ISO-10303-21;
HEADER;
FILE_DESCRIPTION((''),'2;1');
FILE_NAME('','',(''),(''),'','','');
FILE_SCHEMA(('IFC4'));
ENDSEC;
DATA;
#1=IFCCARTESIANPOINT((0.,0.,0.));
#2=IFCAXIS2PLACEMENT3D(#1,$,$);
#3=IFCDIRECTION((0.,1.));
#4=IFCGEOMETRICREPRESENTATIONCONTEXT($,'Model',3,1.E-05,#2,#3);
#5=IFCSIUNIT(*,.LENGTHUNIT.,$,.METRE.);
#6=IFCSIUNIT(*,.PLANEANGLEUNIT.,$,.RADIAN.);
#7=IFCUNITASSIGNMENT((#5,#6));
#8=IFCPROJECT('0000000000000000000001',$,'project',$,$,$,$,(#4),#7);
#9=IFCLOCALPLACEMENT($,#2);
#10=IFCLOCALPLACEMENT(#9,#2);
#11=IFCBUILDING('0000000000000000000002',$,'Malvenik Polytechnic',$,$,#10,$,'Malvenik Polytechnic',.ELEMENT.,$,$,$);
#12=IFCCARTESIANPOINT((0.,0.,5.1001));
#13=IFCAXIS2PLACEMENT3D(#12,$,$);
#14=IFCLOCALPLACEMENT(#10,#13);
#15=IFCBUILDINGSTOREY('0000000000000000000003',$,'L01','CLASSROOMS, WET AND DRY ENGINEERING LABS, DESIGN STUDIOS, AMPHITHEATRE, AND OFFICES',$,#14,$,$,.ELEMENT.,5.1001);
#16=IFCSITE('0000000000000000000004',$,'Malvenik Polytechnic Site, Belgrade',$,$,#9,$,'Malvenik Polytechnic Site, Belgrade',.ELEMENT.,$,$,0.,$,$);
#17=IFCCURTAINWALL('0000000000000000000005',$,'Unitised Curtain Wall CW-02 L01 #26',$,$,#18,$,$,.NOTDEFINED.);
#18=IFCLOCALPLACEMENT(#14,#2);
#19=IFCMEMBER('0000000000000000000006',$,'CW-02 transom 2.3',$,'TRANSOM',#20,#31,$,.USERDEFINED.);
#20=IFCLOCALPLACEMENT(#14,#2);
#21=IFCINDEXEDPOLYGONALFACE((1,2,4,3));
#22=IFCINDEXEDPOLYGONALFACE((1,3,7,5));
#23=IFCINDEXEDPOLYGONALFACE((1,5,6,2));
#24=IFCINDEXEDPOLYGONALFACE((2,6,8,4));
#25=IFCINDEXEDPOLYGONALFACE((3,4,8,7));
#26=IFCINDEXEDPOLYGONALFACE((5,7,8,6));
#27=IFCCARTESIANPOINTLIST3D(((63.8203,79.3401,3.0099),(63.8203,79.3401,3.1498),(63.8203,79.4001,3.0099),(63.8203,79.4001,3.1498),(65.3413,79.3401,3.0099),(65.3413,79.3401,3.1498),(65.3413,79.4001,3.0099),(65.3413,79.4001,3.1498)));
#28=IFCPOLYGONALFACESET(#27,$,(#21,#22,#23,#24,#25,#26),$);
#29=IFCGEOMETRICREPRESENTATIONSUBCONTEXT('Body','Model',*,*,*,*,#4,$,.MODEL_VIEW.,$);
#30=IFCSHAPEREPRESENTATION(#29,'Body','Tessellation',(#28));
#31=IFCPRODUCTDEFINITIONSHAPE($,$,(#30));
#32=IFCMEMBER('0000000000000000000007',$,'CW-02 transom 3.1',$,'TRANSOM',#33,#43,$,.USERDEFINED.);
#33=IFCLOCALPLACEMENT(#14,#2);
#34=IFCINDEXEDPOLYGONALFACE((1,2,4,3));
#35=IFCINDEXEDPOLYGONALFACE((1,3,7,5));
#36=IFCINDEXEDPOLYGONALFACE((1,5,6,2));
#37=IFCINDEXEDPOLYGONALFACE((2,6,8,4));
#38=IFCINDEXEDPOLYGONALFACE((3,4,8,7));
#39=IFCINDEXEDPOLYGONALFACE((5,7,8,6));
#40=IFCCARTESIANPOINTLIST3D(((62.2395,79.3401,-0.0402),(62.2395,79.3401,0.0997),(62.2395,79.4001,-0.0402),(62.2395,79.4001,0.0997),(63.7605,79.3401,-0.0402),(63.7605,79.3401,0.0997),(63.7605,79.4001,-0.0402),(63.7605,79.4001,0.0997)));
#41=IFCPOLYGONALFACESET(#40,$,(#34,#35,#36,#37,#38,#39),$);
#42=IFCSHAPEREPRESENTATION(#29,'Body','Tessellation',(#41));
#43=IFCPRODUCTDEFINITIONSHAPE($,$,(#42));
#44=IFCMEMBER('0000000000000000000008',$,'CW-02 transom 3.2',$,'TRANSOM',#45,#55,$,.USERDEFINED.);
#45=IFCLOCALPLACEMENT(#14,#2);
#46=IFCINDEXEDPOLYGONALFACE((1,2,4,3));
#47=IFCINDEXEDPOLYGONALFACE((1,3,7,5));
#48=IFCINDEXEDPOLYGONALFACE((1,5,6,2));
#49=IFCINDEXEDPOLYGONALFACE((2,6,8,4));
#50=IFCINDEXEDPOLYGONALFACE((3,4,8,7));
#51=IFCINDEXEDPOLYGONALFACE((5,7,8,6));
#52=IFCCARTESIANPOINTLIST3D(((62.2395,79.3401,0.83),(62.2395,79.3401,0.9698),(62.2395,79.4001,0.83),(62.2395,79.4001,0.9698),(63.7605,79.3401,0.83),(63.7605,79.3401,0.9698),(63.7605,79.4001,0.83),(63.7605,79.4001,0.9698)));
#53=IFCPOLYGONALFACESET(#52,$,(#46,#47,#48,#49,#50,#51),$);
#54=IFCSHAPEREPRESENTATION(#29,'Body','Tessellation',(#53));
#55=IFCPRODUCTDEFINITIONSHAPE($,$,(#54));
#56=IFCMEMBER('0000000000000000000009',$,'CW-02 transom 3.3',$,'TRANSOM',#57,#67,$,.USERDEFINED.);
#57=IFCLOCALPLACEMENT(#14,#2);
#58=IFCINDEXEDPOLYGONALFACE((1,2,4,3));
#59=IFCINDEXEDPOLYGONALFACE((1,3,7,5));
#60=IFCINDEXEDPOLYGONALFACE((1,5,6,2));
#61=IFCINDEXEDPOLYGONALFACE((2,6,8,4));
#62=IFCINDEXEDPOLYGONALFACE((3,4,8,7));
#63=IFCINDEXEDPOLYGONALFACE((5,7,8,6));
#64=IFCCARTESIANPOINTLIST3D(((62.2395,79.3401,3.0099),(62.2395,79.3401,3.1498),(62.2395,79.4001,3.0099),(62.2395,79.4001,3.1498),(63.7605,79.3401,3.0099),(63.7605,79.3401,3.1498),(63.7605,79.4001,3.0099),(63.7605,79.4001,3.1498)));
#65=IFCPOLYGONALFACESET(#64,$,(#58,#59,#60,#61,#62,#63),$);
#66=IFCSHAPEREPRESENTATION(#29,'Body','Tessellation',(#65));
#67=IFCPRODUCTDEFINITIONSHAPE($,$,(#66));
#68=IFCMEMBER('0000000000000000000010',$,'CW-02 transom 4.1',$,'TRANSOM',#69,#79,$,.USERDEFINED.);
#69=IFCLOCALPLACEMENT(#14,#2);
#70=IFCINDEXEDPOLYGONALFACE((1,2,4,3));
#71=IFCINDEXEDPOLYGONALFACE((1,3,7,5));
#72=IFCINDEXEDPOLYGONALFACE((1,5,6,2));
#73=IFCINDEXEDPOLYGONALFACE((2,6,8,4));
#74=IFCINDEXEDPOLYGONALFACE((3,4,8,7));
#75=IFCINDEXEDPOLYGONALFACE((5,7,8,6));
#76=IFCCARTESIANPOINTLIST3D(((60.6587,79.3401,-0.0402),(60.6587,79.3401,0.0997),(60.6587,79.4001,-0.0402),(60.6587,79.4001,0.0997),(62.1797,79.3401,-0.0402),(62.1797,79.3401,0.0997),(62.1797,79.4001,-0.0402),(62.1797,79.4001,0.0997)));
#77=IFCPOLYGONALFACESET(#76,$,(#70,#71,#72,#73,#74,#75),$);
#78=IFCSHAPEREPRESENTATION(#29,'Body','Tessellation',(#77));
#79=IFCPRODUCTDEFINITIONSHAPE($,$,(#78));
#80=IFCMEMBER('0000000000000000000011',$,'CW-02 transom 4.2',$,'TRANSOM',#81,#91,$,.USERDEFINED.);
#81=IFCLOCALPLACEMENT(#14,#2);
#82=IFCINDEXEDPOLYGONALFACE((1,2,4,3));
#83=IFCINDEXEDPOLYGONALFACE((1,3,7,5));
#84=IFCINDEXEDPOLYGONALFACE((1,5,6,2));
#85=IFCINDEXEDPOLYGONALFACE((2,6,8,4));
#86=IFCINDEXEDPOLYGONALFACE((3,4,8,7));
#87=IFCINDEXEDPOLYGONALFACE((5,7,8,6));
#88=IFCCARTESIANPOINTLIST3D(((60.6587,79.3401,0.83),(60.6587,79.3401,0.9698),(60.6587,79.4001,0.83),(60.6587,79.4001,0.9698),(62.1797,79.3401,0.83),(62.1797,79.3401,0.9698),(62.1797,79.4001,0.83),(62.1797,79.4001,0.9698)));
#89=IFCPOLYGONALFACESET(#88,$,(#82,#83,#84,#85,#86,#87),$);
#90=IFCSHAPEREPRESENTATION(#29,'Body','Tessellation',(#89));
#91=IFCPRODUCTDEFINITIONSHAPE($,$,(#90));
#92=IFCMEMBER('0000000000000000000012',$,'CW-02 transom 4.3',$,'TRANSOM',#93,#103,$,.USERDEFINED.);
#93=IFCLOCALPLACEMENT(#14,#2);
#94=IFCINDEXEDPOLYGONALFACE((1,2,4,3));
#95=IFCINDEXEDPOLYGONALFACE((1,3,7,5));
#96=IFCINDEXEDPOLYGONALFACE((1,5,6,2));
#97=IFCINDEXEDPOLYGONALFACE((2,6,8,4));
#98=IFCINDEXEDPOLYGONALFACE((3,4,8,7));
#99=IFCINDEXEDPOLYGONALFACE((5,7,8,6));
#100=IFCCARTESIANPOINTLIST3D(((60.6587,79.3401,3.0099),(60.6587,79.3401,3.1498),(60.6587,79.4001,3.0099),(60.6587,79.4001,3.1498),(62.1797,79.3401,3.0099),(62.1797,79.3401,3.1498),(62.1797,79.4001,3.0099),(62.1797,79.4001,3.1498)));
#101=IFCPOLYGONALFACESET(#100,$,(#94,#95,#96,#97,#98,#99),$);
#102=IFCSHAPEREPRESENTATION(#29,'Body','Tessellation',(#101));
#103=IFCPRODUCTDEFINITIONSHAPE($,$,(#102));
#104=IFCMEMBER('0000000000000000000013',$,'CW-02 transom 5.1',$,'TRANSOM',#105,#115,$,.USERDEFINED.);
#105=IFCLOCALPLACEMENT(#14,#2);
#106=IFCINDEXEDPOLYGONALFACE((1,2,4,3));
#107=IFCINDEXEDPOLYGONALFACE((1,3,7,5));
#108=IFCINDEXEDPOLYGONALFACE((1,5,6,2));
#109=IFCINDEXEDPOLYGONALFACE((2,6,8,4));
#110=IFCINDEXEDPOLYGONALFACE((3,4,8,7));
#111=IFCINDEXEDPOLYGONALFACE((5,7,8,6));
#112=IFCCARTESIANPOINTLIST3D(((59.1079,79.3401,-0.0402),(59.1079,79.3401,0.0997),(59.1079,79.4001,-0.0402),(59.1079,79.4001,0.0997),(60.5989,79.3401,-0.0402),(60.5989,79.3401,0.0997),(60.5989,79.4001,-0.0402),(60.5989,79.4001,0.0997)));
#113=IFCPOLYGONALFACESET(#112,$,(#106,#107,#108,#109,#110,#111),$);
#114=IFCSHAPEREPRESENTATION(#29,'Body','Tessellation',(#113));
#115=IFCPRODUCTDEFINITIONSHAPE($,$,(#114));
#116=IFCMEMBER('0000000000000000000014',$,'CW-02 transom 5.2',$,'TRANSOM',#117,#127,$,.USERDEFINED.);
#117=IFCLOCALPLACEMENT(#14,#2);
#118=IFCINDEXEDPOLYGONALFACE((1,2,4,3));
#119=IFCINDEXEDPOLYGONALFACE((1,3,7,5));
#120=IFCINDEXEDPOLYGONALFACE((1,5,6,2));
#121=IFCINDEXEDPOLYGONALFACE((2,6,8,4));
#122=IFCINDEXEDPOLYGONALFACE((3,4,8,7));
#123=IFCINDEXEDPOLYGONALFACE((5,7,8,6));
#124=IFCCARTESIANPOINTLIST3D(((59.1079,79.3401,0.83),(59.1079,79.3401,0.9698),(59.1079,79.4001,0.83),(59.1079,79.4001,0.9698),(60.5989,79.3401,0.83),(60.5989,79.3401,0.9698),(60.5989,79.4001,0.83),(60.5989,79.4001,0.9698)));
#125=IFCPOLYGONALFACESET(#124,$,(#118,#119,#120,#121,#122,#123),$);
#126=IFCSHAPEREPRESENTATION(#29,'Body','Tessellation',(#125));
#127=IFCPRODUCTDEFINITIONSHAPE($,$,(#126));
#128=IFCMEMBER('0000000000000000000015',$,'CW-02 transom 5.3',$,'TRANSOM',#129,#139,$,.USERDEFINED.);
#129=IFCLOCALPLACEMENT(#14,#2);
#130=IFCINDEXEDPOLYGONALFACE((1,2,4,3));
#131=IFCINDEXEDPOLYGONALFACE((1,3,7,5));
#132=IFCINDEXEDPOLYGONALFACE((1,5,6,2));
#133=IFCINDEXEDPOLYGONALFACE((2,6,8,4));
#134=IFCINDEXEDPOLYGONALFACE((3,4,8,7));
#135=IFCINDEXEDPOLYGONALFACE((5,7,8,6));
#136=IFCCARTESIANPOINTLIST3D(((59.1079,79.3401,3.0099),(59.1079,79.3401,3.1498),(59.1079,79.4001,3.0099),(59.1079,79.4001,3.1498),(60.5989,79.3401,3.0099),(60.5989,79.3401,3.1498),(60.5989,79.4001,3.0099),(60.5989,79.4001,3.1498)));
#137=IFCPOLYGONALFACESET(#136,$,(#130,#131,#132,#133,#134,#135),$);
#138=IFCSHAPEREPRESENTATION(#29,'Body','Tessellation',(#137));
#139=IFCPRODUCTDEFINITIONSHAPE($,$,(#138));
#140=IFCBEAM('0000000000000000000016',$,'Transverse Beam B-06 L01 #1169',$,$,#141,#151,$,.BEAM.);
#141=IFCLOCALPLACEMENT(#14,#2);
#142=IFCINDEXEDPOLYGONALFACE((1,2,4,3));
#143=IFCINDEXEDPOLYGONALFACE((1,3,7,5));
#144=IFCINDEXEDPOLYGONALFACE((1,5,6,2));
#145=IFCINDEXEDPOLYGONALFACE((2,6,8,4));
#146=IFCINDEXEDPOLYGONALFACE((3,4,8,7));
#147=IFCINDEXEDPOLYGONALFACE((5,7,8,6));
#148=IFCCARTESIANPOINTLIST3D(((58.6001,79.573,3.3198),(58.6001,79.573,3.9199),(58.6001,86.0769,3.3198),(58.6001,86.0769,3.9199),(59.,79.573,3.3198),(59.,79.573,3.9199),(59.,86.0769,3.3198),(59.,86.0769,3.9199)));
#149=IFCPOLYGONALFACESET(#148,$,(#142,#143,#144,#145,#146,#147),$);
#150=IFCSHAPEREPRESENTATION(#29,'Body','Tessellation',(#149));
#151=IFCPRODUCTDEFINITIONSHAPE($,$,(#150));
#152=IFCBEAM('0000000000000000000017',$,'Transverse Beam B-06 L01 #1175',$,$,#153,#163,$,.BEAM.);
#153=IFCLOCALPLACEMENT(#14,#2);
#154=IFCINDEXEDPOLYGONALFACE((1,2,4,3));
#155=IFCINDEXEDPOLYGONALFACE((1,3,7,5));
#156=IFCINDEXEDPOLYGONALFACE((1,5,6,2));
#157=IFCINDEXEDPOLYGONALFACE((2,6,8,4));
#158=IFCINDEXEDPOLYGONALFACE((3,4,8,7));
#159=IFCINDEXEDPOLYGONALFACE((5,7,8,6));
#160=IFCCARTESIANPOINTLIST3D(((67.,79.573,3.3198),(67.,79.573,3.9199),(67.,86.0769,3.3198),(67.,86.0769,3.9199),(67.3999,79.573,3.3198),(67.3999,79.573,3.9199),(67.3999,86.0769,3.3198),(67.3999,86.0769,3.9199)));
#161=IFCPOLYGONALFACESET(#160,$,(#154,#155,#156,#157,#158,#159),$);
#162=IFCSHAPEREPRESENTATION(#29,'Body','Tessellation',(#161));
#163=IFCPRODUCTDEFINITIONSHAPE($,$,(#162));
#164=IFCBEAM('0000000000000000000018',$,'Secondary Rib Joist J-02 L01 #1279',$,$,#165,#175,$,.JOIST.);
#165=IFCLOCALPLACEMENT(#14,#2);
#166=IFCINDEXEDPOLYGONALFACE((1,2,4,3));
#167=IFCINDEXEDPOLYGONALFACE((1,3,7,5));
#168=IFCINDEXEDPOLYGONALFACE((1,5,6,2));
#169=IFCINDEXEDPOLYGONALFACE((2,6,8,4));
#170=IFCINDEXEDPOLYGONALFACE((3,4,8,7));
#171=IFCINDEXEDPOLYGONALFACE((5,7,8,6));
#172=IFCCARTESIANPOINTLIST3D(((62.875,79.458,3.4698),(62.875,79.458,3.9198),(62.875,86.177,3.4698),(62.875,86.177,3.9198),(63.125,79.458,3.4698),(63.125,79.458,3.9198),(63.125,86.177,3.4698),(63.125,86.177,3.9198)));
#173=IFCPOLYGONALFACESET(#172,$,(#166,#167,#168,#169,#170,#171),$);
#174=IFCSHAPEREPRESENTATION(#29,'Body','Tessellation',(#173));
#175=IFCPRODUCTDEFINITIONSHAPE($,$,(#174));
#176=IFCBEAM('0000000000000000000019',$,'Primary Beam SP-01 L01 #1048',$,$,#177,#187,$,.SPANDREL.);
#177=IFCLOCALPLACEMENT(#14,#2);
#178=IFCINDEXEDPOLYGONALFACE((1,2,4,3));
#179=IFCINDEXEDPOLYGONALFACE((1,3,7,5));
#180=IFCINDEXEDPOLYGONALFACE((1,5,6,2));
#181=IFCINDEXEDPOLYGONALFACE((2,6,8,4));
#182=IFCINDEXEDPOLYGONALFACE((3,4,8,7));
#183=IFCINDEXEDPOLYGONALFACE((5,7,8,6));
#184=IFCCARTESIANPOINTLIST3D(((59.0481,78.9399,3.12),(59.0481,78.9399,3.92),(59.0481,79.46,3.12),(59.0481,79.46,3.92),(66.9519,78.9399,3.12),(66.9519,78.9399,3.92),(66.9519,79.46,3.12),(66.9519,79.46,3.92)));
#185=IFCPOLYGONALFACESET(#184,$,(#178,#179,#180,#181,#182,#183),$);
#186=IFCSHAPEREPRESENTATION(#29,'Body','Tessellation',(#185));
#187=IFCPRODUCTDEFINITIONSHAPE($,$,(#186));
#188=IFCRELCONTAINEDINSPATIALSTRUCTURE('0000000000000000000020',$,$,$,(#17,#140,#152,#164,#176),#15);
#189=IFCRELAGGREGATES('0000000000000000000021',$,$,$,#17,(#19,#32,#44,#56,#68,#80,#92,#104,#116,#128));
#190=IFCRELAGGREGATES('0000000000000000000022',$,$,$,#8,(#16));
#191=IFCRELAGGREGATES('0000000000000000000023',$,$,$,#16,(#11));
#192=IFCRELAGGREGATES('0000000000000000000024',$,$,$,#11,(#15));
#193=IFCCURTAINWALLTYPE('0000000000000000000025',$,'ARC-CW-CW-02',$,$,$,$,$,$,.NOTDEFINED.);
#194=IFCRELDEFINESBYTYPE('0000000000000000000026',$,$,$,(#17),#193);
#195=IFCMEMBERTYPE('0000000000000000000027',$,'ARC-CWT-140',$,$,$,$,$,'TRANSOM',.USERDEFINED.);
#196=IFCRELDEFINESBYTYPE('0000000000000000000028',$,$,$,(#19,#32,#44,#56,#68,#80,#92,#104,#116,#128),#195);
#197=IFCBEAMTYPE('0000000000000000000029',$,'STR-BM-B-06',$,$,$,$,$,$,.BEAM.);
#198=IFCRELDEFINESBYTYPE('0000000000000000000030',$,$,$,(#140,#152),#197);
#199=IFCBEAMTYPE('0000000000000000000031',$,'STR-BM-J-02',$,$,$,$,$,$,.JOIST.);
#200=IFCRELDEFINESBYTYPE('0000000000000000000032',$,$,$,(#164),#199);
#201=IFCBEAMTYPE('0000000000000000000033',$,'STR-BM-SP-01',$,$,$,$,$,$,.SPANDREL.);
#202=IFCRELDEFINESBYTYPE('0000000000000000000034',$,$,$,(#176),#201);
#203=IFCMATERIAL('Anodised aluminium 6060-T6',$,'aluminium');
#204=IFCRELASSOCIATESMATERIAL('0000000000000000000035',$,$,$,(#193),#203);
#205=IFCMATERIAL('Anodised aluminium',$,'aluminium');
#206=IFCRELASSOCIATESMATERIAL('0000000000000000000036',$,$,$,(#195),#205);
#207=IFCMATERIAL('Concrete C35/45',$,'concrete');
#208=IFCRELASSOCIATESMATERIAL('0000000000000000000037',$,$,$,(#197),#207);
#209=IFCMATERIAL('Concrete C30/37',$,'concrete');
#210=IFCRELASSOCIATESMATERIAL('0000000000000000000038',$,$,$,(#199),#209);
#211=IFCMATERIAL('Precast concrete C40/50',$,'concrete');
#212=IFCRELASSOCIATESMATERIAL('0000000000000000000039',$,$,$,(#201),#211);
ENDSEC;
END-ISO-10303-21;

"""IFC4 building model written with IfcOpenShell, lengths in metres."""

from ifc_helpers import new_model, si_unit, direction, frame, origin, origin_2d, place, context, subcontext, project, spatial, rectangle, extrude, material, material_profile, profile_set, type_object, element, aggregate, save


model = new_model("IFC4")

# Units and contexts
model_context = context("Model", 3, precision=1e-05, world=origin(), true_north=direction((0.0, 1.0)))
body_context = subcontext(model_context, "Body", "Model", "MODEL_VIEW")
ifc_project = project(units=[si_unit("LENGTHUNIT", "METRE"), si_unit("PLANEANGLEUNIT", "RADIAN")], contexts=[model_context])

# Site, building, storey
site_placement = place(None, origin())
site = spatial("IfcSite", under=ifc_project, at=site_placement, Name="Malvenik Polytechnic Site, Belgrade", LongName="Malvenik Polytechnic Site, Belgrade", CompositionType="ELEMENT", RefElevation=0.0)
building_placement = place(site_placement, origin())
building = spatial("IfcBuilding", under=site, at=building_placement, Name="Malvenik Polytechnic", LongName="Malvenik Polytechnic", CompositionType="ELEMENT")
storey_placement = place(building_placement, frame((0.0, 0.0, 5.1001)))
storey = spatial("IfcBuildingStorey", under=building, at=storey_placement, Name="L01", Description="CLASSROOMS, WET AND DRY ENGINEERING LABS, DESIGN STUDIOS, AMPHITHEATRE, AND OFFICES", CompositionType="ELEMENT", Elevation=5.1001)

# Shared definitions
ifc_material_1 = material(Name="Concrete C35/45", Category="concrete")

# Curtain wall, members
ifc_material_2 = material(Name="Anodised aluminium 6060-T6", Category="aluminium")
curtain_wall_type = type_object("IfcCurtainWallType", Name="ARC-CW-CW-02", PredefinedType="NOTDEFINED", material=ifc_material_2)
curtain_wall_placement = place(storey_placement, origin())
curtain_wall = element("IfcCurtainWall", 1, at=curtain_wall_placement, inside=storey, type_object=curtain_wall_type, Name="Unitised Curtain Wall CW-02 L01 #26", PredefinedType="NOTDEFINED")
ifc_material_3 = material(Name="Anodised aluminium", Category="aluminium")
ifc_material_profile_1 = material_profile(ifc_material_3, rectangle(XDim=0.0601, YDim=0.1399, at=origin_2d()), Name="ALU TRANSOM 60x140")
ifc_profile_set_1 = profile_set([ifc_material_profile_1], Name="Anodised aluminium")
member_type_1 = type_object("IfcMemberType", Name="ARC-CWT-140", ElementType="TRANSOM", PredefinedType="USERDEFINED", material=ifc_profile_set_1)
member_1_placement = place(storey_placement, frame((65.3413, 79.3701, 3.0798), z_axis=(-1.0, 0.0, 0.0), x_axis=(0.0, -1.0, 0.0)))
member_1 = element("IfcMember", 2, at=member_1_placement, type_object=member_type_1, Name="CW-02 transom 2.3", ObjectType="TRANSOM", PredefinedType="USERDEFINED", context=body_context, shape_type="SweptSolid", body=[
    extrude(rectangle(XDim=0.0601, YDim=0.1399, at=origin_2d()), origin(), (0.0, 0.0, 1.0), 1.521),
])
member_2_placement = place(storey_placement, frame((63.7605, 79.3701, 0.0298), z_axis=(-1.0, 0.0, 0.0), x_axis=(0.0, -1.0, 0.0)))
member_2 = element("IfcMember", 3, at=member_2_placement, type_object=member_type_1, Name="CW-02 transom 3.1", ObjectType="TRANSOM", PredefinedType="USERDEFINED", context=body_context, shape_type="SweptSolid", body=[
    extrude(rectangle(XDim=0.0601, YDim=0.1399, at=origin_2d()), origin(), (0.0, 0.0, 1.0), 1.521),
])
member_3_placement = place(storey_placement, frame((63.7605, 79.3701, 0.8999), z_axis=(-1.0, 0.0, 0.0), x_axis=(0.0, -1.0, 0.0)))
member_3 = element("IfcMember", 4, at=member_3_placement, type_object=member_type_1, Name="CW-02 transom 3.2", ObjectType="TRANSOM", PredefinedType="USERDEFINED", context=body_context, shape_type="SweptSolid", body=[
    extrude(rectangle(XDim=0.0601, YDim=0.1399, at=origin_2d()), origin(), (0.0, 0.0, 1.0), 1.521),
])
member_4_placement = place(storey_placement, frame((63.7605, 79.3701, 3.0798), z_axis=(-1.0, 0.0, 0.0), x_axis=(0.0, -1.0, 0.0)))
member_4 = element("IfcMember", 5, at=member_4_placement, type_object=member_type_1, Name="CW-02 transom 3.3", ObjectType="TRANSOM", PredefinedType="USERDEFINED", context=body_context, shape_type="SweptSolid", body=[
    extrude(rectangle(XDim=0.0601, YDim=0.1399, at=origin_2d()), origin(), (0.0, 0.0, 1.0), 1.521),
])
member_5_placement = place(storey_placement, frame((62.1797, 79.3701, 0.0298), z_axis=(-1.0, 0.0, 0.0), x_axis=(0.0, -1.0, 0.0)))
member_5 = element("IfcMember", 6, at=member_5_placement, type_object=member_type_1, Name="CW-02 transom 4.1", ObjectType="TRANSOM", PredefinedType="USERDEFINED", context=body_context, shape_type="SweptSolid", body=[
    extrude(rectangle(XDim=0.0601, YDim=0.1399, at=origin_2d()), origin(), (0.0, 0.0, 1.0), 1.521),
])
member_6_placement = place(storey_placement, frame((62.1797, 79.3701, 0.8999), z_axis=(-1.0, 0.0, 0.0), x_axis=(0.0, -1.0, 0.0)))
member_6 = element("IfcMember", 7, at=member_6_placement, type_object=member_type_1, Name="CW-02 transom 4.2", ObjectType="TRANSOM", PredefinedType="USERDEFINED", context=body_context, shape_type="SweptSolid", body=[
    extrude(rectangle(XDim=0.0601, YDim=0.1399, at=origin_2d()), origin(), (0.0, 0.0, 1.0), 1.521),
])
member_7_placement = place(storey_placement, frame((62.1797, 79.3701, 3.0798), z_axis=(-1.0, 0.0, 0.0), x_axis=(0.0, -1.0, 0.0)))
member_7 = element("IfcMember", 8, at=member_7_placement, type_object=member_type_1, Name="CW-02 transom 4.3", ObjectType="TRANSOM", PredefinedType="USERDEFINED", context=body_context, shape_type="SweptSolid", body=[
    extrude(rectangle(XDim=0.0601, YDim=0.1399, at=origin_2d()), origin(), (0.0, 0.0, 1.0), 1.521),
])
member_8_placement = place(storey_placement, frame((60.5989, 79.3701, 0.0298), z_axis=(-1.0, 0.0, 0.0), x_axis=(0.0, -1.0, 0.0)))
member_8 = element("IfcMember", 9, at=member_8_placement, type_object=member_type_1, Name="CW-02 transom 5.1", ObjectType="TRANSOM", PredefinedType="USERDEFINED", context=body_context, shape_type="SweptSolid", body=[
    extrude(rectangle(XDim=0.0601, YDim=0.1399, at=origin_2d()), origin(), (0.0, 0.0, 1.0), 1.491),
])
member_9_placement = place(storey_placement, frame((60.5989, 79.3701, 0.8999), z_axis=(-1.0, 0.0, 0.0), x_axis=(0.0, -1.0, 0.0)))
member_9 = element("IfcMember", 10, at=member_9_placement, type_object=member_type_1, Name="CW-02 transom 5.2", ObjectType="TRANSOM", PredefinedType="USERDEFINED", context=body_context, shape_type="SweptSolid", body=[
    extrude(rectangle(XDim=0.0601, YDim=0.1399, at=origin_2d()), origin(), (0.0, 0.0, 1.0), 1.491),
])
member_10_placement = place(storey_placement, frame((60.5989, 79.3701, 3.0798), z_axis=(-1.0, 0.0, 0.0), x_axis=(0.0, -1.0, 0.0)))
member_10 = element("IfcMember", 11, at=member_10_placement, type_object=member_type_1, Name="CW-02 transom 5.3", ObjectType="TRANSOM", PredefinedType="USERDEFINED", context=body_context, shape_type="SweptSolid", body=[
    extrude(rectangle(XDim=0.0601, YDim=0.1399, at=origin_2d()), origin(), (0.0, 0.0, 1.0), 1.491),
])

# Beams
ifc_material_profile_2 = material_profile(ifc_material_1, rectangle(XDim=0.3999, YDim=0.6001, at=origin_2d()), Name="RC BM 400x600")
ifc_profile_set_2 = profile_set([ifc_material_profile_2], Name="Concrete C35/45")
beam_type_1 = type_object("IfcBeamType", Name="STR-BM-B-06", PredefinedType="BEAM", material=ifc_profile_set_2)
for number, where, z_axis, x_axis, name in (
    (12, (58.8, 79.573, 3.6199), (0.0, 1.0, 0.0), (-1.0, 0.0, 0.0), "Transverse Beam B-06 L01 #1169"),
    (13, (67.2, 79.573, 3.6199), (0.0, 1.0, 0.0), (-1.0, 0.0, 0.0), "Transverse Beam B-06 L01 #1175"),
):
    element("IfcBeam", number, at=place(storey_placement, frame(where, z_axis=z_axis, x_axis=x_axis)), inside=storey, type_object=beam_type_1, Name=name, PredefinedType="BEAM", context=body_context, shape_type="SweptSolid", body=[
        extrude(rectangle(XDim=0.3999, YDim=0.6001, at=origin_2d()), origin(), (0.0, 0.0, 1.0), 6.5039),
    ])
ifc_material_4 = material(Name="Concrete C30/37", Category="concrete")
ifc_material_profile_3 = material_profile(ifc_material_4, rectangle(XDim=0.25, YDim=0.45, at=origin_2d()), Name="RC JST 250x450")
ifc_profile_set_3 = profile_set([ifc_material_profile_3], Name="Concrete C30/37")
beam_type_2 = type_object("IfcBeamType", Name="STR-BM-J-02", PredefinedType="JOIST", material=ifc_profile_set_3)
beam_1_placement = place(storey_placement, frame((63.0, 79.458, 3.6948), z_axis=(0.0, 1.0, 0.0), x_axis=(-1.0, 0.0, 0.0)))
element("IfcBeam", 14, at=beam_1_placement, inside=storey, type_object=beam_type_2, Name="Secondary Rib Joist J-02 L01 #1279", PredefinedType="JOIST", context=body_context, shape_type="SweptSolid", body=[
    extrude(rectangle(XDim=0.25, YDim=0.45, at=origin_2d()), origin(), (0.0, 0.0, 1.0), 6.719),
])
ifc_material_5 = material(Name="Precast concrete C40/50", Category="concrete")
ifc_material_profile_4 = material_profile(ifc_material_5, rectangle(XDim=0.52, YDim=0.8, at=origin_2d()), Name="PC SPN 520x800")
ifc_profile_set_4 = profile_set([ifc_material_profile_4], Name="Precast concrete C40/50")
beam_type_3 = type_object("IfcBeamType", Name="STR-BM-SP-01", PredefinedType="SPANDREL", material=ifc_profile_set_4)
beam_2_placement = place(storey_placement, frame((59.0481, 79.2, 3.52), z_axis=(1.0, 0.0, 0.0), x_axis=(0.0, 1.0, 0.0)))
element("IfcBeam", 15, at=beam_2_placement, inside=storey, type_object=beam_type_3, Name="Primary Beam SP-01 L01 #1048", PredefinedType="SPANDREL", context=body_context, shape_type="SweptSolid", body=[
    extrude(rectangle(XDim=0.52, YDim=0.8, at=origin_2d()), origin(), (0.0, 0.0, 1.0), 7.9038),
])

aggregate(curtain_wall, [member_1, member_2, member_3, member_4, member_5, member_6, member_7, member_8, member_9, member_10])

save(model, "model.ifc")
